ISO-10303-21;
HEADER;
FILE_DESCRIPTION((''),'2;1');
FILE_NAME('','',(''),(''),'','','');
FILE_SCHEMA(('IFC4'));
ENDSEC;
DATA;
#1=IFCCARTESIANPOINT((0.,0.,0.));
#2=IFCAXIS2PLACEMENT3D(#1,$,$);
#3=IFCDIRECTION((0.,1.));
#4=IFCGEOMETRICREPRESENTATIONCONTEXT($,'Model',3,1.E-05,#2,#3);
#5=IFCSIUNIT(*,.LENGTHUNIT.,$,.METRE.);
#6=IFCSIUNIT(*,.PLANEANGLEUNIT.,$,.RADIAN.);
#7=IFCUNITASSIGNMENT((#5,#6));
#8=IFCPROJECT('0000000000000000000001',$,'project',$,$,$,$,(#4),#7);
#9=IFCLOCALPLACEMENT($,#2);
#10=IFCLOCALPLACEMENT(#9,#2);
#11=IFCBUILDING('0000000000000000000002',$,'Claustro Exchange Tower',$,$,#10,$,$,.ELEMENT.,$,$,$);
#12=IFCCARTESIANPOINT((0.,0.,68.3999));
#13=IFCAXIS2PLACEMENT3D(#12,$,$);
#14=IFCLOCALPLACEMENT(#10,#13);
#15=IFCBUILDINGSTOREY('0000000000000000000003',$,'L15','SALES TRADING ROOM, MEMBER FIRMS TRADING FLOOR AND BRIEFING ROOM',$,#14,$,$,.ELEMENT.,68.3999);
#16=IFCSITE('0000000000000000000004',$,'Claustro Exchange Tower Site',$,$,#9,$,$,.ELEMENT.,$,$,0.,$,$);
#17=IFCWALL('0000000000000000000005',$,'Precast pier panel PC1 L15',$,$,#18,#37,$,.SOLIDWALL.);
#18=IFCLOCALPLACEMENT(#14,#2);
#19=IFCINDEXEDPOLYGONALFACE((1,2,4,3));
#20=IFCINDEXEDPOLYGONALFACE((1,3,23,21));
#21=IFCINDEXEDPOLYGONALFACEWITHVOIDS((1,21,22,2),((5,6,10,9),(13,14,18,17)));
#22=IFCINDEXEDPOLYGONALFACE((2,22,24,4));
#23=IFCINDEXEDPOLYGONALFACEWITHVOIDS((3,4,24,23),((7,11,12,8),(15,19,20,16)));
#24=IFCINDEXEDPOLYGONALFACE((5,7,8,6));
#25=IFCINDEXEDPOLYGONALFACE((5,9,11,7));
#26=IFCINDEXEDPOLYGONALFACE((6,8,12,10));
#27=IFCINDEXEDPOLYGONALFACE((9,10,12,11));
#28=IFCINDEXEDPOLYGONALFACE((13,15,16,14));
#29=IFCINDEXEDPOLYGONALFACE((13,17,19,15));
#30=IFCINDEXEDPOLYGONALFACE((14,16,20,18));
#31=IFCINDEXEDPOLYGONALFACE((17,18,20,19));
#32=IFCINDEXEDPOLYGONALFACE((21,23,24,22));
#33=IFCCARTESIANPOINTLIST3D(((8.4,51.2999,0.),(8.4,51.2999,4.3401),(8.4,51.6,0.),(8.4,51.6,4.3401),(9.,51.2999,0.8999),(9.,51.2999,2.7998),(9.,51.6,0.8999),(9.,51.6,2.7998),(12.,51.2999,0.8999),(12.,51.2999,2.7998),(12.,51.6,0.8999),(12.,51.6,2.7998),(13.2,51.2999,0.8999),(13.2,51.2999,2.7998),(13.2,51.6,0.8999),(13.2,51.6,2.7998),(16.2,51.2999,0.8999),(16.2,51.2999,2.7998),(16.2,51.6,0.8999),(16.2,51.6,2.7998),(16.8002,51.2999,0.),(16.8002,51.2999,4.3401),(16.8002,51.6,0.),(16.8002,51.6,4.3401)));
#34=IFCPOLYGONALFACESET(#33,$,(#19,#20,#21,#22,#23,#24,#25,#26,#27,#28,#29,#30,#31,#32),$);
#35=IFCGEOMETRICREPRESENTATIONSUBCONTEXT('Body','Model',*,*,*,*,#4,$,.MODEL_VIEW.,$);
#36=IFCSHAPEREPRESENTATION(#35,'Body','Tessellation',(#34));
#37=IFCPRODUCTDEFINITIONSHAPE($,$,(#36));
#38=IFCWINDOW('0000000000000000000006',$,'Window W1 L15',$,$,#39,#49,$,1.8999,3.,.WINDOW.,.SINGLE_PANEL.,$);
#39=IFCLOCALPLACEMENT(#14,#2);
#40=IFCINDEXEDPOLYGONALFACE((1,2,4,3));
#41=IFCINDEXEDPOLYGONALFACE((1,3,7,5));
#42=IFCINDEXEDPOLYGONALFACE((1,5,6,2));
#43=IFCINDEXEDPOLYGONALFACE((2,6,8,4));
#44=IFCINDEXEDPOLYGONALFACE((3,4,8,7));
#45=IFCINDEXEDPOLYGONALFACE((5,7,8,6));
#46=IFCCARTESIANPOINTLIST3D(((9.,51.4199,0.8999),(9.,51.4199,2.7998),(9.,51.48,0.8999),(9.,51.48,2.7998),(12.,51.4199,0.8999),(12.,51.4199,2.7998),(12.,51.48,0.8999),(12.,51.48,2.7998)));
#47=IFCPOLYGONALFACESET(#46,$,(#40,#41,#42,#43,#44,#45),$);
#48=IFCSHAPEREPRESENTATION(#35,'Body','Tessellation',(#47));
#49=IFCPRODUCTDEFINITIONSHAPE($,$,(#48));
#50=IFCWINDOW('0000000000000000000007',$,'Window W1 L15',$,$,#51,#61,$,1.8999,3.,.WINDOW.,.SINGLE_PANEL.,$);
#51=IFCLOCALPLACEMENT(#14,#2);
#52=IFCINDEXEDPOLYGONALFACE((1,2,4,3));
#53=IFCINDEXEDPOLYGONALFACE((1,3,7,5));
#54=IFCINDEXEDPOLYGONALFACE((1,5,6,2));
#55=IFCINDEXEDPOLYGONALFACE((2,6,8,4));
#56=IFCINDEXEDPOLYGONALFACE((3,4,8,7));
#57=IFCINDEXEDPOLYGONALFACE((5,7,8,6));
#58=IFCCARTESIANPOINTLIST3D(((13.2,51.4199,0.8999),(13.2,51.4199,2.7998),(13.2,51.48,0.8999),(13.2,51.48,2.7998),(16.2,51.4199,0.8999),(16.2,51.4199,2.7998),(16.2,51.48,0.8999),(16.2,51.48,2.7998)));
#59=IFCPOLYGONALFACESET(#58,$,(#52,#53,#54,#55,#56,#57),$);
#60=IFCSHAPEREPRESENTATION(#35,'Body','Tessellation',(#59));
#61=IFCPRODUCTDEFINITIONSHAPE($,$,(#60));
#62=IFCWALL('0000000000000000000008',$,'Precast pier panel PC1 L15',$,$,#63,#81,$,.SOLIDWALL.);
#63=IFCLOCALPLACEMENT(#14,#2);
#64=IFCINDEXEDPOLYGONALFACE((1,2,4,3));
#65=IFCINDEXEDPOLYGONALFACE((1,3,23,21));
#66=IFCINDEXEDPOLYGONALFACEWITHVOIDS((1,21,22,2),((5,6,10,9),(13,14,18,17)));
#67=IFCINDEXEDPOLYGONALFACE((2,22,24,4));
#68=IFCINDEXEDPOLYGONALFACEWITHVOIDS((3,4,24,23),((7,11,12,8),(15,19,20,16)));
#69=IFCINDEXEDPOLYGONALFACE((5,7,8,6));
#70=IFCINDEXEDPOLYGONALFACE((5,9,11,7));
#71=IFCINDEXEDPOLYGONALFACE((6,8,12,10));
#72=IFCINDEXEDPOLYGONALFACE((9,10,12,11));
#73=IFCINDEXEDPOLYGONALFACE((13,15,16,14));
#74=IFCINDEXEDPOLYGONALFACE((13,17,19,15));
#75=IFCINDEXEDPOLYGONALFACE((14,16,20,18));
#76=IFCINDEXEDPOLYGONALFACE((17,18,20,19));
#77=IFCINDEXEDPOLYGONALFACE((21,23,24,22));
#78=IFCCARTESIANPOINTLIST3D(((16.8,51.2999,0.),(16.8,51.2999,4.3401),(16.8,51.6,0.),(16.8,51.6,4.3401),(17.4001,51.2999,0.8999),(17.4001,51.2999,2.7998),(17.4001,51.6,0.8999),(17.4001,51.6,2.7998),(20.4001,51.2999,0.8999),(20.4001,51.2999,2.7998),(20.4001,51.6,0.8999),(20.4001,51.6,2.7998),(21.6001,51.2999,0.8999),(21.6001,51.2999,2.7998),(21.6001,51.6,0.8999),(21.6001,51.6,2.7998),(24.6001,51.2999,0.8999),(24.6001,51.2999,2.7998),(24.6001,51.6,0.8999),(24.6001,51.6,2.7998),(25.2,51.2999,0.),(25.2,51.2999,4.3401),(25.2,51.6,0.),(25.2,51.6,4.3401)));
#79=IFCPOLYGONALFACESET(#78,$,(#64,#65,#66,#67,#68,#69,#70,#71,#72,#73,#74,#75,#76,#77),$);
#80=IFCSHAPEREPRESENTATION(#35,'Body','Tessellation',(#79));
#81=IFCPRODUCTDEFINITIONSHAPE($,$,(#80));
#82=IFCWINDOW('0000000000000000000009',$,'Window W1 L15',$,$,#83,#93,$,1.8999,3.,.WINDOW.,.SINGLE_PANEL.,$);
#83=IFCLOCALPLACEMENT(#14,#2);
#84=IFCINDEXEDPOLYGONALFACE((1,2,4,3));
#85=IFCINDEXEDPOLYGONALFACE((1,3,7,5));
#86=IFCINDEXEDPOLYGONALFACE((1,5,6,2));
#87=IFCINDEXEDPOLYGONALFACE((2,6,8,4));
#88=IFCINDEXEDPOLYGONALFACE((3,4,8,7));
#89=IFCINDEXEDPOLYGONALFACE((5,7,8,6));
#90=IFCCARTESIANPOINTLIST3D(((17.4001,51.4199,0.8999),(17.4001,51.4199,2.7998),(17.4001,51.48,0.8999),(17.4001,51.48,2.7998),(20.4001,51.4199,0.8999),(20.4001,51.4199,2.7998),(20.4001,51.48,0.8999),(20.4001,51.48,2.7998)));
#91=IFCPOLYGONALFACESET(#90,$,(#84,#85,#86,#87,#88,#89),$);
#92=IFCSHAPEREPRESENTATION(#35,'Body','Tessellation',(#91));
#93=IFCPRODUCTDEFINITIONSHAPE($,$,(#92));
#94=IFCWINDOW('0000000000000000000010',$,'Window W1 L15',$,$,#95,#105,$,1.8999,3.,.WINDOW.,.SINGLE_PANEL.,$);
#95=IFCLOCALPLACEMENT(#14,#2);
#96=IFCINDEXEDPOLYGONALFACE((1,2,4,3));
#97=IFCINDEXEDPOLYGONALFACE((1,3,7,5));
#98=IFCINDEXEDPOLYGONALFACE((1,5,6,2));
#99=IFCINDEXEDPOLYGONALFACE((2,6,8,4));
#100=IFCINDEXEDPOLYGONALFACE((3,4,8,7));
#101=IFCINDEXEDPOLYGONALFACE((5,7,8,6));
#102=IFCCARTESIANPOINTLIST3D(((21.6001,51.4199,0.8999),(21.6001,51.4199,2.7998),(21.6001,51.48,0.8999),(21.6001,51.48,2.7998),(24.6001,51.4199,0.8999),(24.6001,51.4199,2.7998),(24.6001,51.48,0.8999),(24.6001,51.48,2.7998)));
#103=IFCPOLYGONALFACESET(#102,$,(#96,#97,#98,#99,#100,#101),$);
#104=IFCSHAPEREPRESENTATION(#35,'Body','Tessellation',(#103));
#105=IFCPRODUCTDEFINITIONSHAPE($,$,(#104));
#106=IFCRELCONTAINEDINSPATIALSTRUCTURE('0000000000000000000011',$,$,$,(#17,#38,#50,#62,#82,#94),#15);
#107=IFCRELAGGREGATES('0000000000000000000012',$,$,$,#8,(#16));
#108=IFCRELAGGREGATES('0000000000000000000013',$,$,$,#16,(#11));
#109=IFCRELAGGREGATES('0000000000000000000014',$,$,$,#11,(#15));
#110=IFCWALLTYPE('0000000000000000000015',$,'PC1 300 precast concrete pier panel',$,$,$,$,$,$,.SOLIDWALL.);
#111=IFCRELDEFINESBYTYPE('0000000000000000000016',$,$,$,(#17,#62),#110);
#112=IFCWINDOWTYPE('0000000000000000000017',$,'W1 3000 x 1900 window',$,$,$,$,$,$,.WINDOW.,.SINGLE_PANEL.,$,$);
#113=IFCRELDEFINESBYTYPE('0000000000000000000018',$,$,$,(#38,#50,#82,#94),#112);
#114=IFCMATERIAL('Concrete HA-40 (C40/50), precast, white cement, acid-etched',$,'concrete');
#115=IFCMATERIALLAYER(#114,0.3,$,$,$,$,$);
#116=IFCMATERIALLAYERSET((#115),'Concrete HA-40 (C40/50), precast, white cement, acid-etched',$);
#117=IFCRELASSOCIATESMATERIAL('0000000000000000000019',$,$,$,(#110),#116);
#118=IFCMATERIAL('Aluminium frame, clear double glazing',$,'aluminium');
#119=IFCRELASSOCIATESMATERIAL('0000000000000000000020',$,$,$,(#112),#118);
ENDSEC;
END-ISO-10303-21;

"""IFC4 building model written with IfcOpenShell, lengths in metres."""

from ifc_helpers import new_model, si_unit, direction, frame, frame_2d, origin, place, context, subcontext, project, spatial, rectangle, extrude, material, layer, layer_set, type_object, element, fill, save


model = new_model("IFC4")

# Units and contexts
model_context = context("Model", 3, precision=1e-05, world=origin(), true_north=direction((0.0, 1.0)))
body_context = subcontext(model_context, "Body", "Model", "MODEL_VIEW")
ifc_project = project(units=[si_unit("LENGTHUNIT", "METRE"), si_unit("PLANEANGLEUNIT", "RADIAN")], contexts=[model_context])

# Site, building, storey
site_placement = place(None, origin())
site = spatial("IfcSite", under=ifc_project, at=site_placement, Name="Claustro Exchange Tower Site", CompositionType="ELEMENT", RefElevation=0.0)
building_placement = place(site_placement, origin())
building = spatial("IfcBuilding", under=site, at=building_placement, Name="Claustro Exchange Tower", CompositionType="ELEMENT")
storey_placement = place(building_placement, frame((0.0, 0.0, 68.3999)))
storey = spatial("IfcBuildingStorey", under=building, at=storey_placement, Name="L15", Description="SALES TRADING ROOM, MEMBER FIRMS TRADING FLOOR AND BRIEFING ROOM", CompositionType="ELEMENT", Elevation=68.3999)

# Walls, openings, windows
ifc_material_1 = material(Name="Concrete HA-40 (C40/50), precast, white cement, acid-etched", Category="concrete")
ifc_layer_1 = layer(ifc_material_1, 0.3)
ifc_layer_set_1 = layer_set([ifc_layer_1], Name="Concrete HA-40 (C40/50), precast, white cement, acid-etched")
wall_type_1 = type_object("IfcWallType", Name="PC1 300 precast concrete pier panel", PredefinedType="SOLIDWALL", material=ifc_layer_set_1)
wall_1_placement = place(storey_placement, frame((8.3999, 51.45, 0.0), z_axis=(0.0, 0.0, 1.0), x_axis=(1.0, 0.0, 0.0)))
wall_1 = element("IfcWall", 1, at=wall_1_placement, inside=storey, type_object=wall_type_1, Name="Precast pier panel PC1 L15", PredefinedType="SOLIDWALL", context=body_context, shape_type="SweptSolid", body=[
    extrude(rectangle(XDim=8.4001, YDim=0.3, at=frame_2d((4.2002, 0.0))), origin(), (0.0, 0.0, 1.0), 4.3401),
])
opening_1_placement = place(wall_1_placement, frame((0.6001, 0.0, 0.8999)))
opening_1 = element("IfcOpeningElement", 2, at=opening_1_placement, cuts=wall_1, PredefinedType="OPENING", context=body_context, shape_type="SweptSolid", body=[
    extrude(rectangle(XDim=3.0, YDim=1.8999, at=frame_2d((1.5, 0.95))), frame((0.0, 0.1599, 0.0), z_axis=(0.0, -1.0, 0.0), x_axis=(1.0, 0.0, 0.0)), (0.0, 0.0, 1.0), 0.3201),
])
opening_2_placement = place(wall_1_placement, frame((4.8, 0.0, 0.8999)))
opening_2 = element("IfcOpeningElement", 3, at=opening_2_placement, cuts=wall_1, PredefinedType="OPENING", context=body_context, shape_type="SweptSolid", body=[
    extrude(rectangle(XDim=3.0, YDim=1.8999, at=frame_2d((1.5, 0.95))), frame((0.0, 0.1599, 0.0), z_axis=(0.0, -1.0, 0.0), x_axis=(1.0, 0.0, 0.0)), (0.0, 0.0, 1.0), 0.3201),
])
ifc_material_2 = material(Name="Aluminium frame, clear double glazing", Category="aluminium")
window_type = type_object("IfcWindowType", Name="W1 3000 x 1900 window", PartitioningType="SINGLE_PANEL", PredefinedType="WINDOW", material=ifc_material_2)
window_1_placement = place(opening_1_placement, origin())
window_1 = element("IfcWindow", 4, at=window_1_placement, inside=storey, type_object=window_type, Name="Window W1 L15", OverallHeight=1.8999, OverallWidth=3.0, PartitioningType="SINGLE_PANEL", PredefinedType="WINDOW", context=body_context, shape_type="SweptSolid", body=[
    extrude(rectangle(XDim=3.0, YDim=1.8999, at=frame_2d((1.5, 0.95))), frame((0.0, 0.03, 0.0), z_axis=(0.0, -1.0, 0.0), x_axis=(1.0, 0.0, 0.0)), (0.0, 0.0, 1.0), 0.0601),
])
fill(opening_1, window_1)
window_2_placement = place(opening_2_placement, origin())
window_2 = element("IfcWindow", 5, at=window_2_placement, inside=storey, type_object=window_type, Name="Window W1 L15", OverallHeight=1.8999, OverallWidth=3.0, PartitioningType="SINGLE_PANEL", PredefinedType="WINDOW", context=body_context, shape_type="SweptSolid", body=[
    extrude(rectangle(XDim=3.0, YDim=1.8999, at=frame_2d((1.5, 0.95))), frame((0.0, 0.03, 0.0), z_axis=(0.0, -1.0, 0.0), x_axis=(1.0, 0.0, 0.0)), (0.0, 0.0, 1.0), 0.0601),
])
fill(opening_2, window_2)
wall_2_placement = place(storey_placement, frame((16.8, 51.45, 0.0), z_axis=(0.0, 0.0, 1.0), x_axis=(1.0, 0.0, 0.0)))
wall_2 = element("IfcWall", 6, at=wall_2_placement, inside=storey, type_object=wall_type_1, Name="Precast pier panel PC1 L15", PredefinedType="SOLIDWALL", context=body_context, shape_type="SweptSolid", body=[
    extrude(rectangle(XDim=8.3999, YDim=0.3, at=frame_2d((4.2, 0.0))), origin(), (0.0, 0.0, 1.0), 4.3401),
])
opening_3_placement = place(wall_2_placement, frame((0.6001, 0.0, 0.8999)))
opening_3 = element("IfcOpeningElement", 7, at=opening_3_placement, cuts=wall_2, PredefinedType="OPENING", context=body_context, shape_type="SweptSolid", body=[
    extrude(rectangle(XDim=3.0, YDim=1.8999, at=frame_2d((1.5, 0.95))), frame((0.0, 0.1599, 0.0), z_axis=(0.0, -1.0, 0.0), x_axis=(1.0, 0.0, 0.0)), (0.0, 0.0, 1.0), 0.3201),
])
opening_4_placement = place(wall_2_placement, frame((4.8, 0.0, 0.8999)))
opening_4 = element("IfcOpeningElement", 8, at=opening_4_placement, cuts=wall_2, PredefinedType="OPENING", context=body_context, shape_type="SweptSolid", body=[
    extrude(rectangle(XDim=3.0, YDim=1.8999, at=frame_2d((1.5, 0.95))), frame((0.0, 0.1599, 0.0), z_axis=(0.0, -1.0, 0.0), x_axis=(1.0, 0.0, 0.0)), (0.0, 0.0, 1.0), 0.3201),
])
window_3_placement = place(opening_3_placement, origin())
window_3 = element("IfcWindow", 9, at=window_3_placement, inside=storey, type_object=window_type, Name="Window W1 L15", OverallHeight=1.8999, OverallWidth=3.0, PartitioningType="SINGLE_PANEL", PredefinedType="WINDOW", context=body_context, shape_type="SweptSolid", body=[
    extrude(rectangle(XDim=3.0, YDim=1.8999, at=frame_2d((1.5, 0.95))), frame((0.0, 0.03, 0.0), z_axis=(0.0, -1.0, 0.0), x_axis=(1.0, 0.0, 0.0)), (0.0, 0.0, 1.0), 0.0601),
])
fill(opening_3, window_3)
window_4_placement = place(opening_4_placement, origin())
window_4 = element("IfcWindow", 10, at=window_4_placement, inside=storey, type_object=window_type, Name="Window W1 L15", OverallHeight=1.8999, OverallWidth=3.0, PartitioningType="SINGLE_PANEL", PredefinedType="WINDOW", context=body_context, shape_type="SweptSolid", body=[
    extrude(rectangle(XDim=3.0, YDim=1.8999, at=frame_2d((1.5, 0.95))), frame((0.0, 0.03, 0.0), z_axis=(0.0, -1.0, 0.0), x_axis=(1.0, 0.0, 0.0)), (0.0, 0.0, 1.0), 0.0601),
])
fill(opening_4, window_4)

save(model, "model.ifc")
